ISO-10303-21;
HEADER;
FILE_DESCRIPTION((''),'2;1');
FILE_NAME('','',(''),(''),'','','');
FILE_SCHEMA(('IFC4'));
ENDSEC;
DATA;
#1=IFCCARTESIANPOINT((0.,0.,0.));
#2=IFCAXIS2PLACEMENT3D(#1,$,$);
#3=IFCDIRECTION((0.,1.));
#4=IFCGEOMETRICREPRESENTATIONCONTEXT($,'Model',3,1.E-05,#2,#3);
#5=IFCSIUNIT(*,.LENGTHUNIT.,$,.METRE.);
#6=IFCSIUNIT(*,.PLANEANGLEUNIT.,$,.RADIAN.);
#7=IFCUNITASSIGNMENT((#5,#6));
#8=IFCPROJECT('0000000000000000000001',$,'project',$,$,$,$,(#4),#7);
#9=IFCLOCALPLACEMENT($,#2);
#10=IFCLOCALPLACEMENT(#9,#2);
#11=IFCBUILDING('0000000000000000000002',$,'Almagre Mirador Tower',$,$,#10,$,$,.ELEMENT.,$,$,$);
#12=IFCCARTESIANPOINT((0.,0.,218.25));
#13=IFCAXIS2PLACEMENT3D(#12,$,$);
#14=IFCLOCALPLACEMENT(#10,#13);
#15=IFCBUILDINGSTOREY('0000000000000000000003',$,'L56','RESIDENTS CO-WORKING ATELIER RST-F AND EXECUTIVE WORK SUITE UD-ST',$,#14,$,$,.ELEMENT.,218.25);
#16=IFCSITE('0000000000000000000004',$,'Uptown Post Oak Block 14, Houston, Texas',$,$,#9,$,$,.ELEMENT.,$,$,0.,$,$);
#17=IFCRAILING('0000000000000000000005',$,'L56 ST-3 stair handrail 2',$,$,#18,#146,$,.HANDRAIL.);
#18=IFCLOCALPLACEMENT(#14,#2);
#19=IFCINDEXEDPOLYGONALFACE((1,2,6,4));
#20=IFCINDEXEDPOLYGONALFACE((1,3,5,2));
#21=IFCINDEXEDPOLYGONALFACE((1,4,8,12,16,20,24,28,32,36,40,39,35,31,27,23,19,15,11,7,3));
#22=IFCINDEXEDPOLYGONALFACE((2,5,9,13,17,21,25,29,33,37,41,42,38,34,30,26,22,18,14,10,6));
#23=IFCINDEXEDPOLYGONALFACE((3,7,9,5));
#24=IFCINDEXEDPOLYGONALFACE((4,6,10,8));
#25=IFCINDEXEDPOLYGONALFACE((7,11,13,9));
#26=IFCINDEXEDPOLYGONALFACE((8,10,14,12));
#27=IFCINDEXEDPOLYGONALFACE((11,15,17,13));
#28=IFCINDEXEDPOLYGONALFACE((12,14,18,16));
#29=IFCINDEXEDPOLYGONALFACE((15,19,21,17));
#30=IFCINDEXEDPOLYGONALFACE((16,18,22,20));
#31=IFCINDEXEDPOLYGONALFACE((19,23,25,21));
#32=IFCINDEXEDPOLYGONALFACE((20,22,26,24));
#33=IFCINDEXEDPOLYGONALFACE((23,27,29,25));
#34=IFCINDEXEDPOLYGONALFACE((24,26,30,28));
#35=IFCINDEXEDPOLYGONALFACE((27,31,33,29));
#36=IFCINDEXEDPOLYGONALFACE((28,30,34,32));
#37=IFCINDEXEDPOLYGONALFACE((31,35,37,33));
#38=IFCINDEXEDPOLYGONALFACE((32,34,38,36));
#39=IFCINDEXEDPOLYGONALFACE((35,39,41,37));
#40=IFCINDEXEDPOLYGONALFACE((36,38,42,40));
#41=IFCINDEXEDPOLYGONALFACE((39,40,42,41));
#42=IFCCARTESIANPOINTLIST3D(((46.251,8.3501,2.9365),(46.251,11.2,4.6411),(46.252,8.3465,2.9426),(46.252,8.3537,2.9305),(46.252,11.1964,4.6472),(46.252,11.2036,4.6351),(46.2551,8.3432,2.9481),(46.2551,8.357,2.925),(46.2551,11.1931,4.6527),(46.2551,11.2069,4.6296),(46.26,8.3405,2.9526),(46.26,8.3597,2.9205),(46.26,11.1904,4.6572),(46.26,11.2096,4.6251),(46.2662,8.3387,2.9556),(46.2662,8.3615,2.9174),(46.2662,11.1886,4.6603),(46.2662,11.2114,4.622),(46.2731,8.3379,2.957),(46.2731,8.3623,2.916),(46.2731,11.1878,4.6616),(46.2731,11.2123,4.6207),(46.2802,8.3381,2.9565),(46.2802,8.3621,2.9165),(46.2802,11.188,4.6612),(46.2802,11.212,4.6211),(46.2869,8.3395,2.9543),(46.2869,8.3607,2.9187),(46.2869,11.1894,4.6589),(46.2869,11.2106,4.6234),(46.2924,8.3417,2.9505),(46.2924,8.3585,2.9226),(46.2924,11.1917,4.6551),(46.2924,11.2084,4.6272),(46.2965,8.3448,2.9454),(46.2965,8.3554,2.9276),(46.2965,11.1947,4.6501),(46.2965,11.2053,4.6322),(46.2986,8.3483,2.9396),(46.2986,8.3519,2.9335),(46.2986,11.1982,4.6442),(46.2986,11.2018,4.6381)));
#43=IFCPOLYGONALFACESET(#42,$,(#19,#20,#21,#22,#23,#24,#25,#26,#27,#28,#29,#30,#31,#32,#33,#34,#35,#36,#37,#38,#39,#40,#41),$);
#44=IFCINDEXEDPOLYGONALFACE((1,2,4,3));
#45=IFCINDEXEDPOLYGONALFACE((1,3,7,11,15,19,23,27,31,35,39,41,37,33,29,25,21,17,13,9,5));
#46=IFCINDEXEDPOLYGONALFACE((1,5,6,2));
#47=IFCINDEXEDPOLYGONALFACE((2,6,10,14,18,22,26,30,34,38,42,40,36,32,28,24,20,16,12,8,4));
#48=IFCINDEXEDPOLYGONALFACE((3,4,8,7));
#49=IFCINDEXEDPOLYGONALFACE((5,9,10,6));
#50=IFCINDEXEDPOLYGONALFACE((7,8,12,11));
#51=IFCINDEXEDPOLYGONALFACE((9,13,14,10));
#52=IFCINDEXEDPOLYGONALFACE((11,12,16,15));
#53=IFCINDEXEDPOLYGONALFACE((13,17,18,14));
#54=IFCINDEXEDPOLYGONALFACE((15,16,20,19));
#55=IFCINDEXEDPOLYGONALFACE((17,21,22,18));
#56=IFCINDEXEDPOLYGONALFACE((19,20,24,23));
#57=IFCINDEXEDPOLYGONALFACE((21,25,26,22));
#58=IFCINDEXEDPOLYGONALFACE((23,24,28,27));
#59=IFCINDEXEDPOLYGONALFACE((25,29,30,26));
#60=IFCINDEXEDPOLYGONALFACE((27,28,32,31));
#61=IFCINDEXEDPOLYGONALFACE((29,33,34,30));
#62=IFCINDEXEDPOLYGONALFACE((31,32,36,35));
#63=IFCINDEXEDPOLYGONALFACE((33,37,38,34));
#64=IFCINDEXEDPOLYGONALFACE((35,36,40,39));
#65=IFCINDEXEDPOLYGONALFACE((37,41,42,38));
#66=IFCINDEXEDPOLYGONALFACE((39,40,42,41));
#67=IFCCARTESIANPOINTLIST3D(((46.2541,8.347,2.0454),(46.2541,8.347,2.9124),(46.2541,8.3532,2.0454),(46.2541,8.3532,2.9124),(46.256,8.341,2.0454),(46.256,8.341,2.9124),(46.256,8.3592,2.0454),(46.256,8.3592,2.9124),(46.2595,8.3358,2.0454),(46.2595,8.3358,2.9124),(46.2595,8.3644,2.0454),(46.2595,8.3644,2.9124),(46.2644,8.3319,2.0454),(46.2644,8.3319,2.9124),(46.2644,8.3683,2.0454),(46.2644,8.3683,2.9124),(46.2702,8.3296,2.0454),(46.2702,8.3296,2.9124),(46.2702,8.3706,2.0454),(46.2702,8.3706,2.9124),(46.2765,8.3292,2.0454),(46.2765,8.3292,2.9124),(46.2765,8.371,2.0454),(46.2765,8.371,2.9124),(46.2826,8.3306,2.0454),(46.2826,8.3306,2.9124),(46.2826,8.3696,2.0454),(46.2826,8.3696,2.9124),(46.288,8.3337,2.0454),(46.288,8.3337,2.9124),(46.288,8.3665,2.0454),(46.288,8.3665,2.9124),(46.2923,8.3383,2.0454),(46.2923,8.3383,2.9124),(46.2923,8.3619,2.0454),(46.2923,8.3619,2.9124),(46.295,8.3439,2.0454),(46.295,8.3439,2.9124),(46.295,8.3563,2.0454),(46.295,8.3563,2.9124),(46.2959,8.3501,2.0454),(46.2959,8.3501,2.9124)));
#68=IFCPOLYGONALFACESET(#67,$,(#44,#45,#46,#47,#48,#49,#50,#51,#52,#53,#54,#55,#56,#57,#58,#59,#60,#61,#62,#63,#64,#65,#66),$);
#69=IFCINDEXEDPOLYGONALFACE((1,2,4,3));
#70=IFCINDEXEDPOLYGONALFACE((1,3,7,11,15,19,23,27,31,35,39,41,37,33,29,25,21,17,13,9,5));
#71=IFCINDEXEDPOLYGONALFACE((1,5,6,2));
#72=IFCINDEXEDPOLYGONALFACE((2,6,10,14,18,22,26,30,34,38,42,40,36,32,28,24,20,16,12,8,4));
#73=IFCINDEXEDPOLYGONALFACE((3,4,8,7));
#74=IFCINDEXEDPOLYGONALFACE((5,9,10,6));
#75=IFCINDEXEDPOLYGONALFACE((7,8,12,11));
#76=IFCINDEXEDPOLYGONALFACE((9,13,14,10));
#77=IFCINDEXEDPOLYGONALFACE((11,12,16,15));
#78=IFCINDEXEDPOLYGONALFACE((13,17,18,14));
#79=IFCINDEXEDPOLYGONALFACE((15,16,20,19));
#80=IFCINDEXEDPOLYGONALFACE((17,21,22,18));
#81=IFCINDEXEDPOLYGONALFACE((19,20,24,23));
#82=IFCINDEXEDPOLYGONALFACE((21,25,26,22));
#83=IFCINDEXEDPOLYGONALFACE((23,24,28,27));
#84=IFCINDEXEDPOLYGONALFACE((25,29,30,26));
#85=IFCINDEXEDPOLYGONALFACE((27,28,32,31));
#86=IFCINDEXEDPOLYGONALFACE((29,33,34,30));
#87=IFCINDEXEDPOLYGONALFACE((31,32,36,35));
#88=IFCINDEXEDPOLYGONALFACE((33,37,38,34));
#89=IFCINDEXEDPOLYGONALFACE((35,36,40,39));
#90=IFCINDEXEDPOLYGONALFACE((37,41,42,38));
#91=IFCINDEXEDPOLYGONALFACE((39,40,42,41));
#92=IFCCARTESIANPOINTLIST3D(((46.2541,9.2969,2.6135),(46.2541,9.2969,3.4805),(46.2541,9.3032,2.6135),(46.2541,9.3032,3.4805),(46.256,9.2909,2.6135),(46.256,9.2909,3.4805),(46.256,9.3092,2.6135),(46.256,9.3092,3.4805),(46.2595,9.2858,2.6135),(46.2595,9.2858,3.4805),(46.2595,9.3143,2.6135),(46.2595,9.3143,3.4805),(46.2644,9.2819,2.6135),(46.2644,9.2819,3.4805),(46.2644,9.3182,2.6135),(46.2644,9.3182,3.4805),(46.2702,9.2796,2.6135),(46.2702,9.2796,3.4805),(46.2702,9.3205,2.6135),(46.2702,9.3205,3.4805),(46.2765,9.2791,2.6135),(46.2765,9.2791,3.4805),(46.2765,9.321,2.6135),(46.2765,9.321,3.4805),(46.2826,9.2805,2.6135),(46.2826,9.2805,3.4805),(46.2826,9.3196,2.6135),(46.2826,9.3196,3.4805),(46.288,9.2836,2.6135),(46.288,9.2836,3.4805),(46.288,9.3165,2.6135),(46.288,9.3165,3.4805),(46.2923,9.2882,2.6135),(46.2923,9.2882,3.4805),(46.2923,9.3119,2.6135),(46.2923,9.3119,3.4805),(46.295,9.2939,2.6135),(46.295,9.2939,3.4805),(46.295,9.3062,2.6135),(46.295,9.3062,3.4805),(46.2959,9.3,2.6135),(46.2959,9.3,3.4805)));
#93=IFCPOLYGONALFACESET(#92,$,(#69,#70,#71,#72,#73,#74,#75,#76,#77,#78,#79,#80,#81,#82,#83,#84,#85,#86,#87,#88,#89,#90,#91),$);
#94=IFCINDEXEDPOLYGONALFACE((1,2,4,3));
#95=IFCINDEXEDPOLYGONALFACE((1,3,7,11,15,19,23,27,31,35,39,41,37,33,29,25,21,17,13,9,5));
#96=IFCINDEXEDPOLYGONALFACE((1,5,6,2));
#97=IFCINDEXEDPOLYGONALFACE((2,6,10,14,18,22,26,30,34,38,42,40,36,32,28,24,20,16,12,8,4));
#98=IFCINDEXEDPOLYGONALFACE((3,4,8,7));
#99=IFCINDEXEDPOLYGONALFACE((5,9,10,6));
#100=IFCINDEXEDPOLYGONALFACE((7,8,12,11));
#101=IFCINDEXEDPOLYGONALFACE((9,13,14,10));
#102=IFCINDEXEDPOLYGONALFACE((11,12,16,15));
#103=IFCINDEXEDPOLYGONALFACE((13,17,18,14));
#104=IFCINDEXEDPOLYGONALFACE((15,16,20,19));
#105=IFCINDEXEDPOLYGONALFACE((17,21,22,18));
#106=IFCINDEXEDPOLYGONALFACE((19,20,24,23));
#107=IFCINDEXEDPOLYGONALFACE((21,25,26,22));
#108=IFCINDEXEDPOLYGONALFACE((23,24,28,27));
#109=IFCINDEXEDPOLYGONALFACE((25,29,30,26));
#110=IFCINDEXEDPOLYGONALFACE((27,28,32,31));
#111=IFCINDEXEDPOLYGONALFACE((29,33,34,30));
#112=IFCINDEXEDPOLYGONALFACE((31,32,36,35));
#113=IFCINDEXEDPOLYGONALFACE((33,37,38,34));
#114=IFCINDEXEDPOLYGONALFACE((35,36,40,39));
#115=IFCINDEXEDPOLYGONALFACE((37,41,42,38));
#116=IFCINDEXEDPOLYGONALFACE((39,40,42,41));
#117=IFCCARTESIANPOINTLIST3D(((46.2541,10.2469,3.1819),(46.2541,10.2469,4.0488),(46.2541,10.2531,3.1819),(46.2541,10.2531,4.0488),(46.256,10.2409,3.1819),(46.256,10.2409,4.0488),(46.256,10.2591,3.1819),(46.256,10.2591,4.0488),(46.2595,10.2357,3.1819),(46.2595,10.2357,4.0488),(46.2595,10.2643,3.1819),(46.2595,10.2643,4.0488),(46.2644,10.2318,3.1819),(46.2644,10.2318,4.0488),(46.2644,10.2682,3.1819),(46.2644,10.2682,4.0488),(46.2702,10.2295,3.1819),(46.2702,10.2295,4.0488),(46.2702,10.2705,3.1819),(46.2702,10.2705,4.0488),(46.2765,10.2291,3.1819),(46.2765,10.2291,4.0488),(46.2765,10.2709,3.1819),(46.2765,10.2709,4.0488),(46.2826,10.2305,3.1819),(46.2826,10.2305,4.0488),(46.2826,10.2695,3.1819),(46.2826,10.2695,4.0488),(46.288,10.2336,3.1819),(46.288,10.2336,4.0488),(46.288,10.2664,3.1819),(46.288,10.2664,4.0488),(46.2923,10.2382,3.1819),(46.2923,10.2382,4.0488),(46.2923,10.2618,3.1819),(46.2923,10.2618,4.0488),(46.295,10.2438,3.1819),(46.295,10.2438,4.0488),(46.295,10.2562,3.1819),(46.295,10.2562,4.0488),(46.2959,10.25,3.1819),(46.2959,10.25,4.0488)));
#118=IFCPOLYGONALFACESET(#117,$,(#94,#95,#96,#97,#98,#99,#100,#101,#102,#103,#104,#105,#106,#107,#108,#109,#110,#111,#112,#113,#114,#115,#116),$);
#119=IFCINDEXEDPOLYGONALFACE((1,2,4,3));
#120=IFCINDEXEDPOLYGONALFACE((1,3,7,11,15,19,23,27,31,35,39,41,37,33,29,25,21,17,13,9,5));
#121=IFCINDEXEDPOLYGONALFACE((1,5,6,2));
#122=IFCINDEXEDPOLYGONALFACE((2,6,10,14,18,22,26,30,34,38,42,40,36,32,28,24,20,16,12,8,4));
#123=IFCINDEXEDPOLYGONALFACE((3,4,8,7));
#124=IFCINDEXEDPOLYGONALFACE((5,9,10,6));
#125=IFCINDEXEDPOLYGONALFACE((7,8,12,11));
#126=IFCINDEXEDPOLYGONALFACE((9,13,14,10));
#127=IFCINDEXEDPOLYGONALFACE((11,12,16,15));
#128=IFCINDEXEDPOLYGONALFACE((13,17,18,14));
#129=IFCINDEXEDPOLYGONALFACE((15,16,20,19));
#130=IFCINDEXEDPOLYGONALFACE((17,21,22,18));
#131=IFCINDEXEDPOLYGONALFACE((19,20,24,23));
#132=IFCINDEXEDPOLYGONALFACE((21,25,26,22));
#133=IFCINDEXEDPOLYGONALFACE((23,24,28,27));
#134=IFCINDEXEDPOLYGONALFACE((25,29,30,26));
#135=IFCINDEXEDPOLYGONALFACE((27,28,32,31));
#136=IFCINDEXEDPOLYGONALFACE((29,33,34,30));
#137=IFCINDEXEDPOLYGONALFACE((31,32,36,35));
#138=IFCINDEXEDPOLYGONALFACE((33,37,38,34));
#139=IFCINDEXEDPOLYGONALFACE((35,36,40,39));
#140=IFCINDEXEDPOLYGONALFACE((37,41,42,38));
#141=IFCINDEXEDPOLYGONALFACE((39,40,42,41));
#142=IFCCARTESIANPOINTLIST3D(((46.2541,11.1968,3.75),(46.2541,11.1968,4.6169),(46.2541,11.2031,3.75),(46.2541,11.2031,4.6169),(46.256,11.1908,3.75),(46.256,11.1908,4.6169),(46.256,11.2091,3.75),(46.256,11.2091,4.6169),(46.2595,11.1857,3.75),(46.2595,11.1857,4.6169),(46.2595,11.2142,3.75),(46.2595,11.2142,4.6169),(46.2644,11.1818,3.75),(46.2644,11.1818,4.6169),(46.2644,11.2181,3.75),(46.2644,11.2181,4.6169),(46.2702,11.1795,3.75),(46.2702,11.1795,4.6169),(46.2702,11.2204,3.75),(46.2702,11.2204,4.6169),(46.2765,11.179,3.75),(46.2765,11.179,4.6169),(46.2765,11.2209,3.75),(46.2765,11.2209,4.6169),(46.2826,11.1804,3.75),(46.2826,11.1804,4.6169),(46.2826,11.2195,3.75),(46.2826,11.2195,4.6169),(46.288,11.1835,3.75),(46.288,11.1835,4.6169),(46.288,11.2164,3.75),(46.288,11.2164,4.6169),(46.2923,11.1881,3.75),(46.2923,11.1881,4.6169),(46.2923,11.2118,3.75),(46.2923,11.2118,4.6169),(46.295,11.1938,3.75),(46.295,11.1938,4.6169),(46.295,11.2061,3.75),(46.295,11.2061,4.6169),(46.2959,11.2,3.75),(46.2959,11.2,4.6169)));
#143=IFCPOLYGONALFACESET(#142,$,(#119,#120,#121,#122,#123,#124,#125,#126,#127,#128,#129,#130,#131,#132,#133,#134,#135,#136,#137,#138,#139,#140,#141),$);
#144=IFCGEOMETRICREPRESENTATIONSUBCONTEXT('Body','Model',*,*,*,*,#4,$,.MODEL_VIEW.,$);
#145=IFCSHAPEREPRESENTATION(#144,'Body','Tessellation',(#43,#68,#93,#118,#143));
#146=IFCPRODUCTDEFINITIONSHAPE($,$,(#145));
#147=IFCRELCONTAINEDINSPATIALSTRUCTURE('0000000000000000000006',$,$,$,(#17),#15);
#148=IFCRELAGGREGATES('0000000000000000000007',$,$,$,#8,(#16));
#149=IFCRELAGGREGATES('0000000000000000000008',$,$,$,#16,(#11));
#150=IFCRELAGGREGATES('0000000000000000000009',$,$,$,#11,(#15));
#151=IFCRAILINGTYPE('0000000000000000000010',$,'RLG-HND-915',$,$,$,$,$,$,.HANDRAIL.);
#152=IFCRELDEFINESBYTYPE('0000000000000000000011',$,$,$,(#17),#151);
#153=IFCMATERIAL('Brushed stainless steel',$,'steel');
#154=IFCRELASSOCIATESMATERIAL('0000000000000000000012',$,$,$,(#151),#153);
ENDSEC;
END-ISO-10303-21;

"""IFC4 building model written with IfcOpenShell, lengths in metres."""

from ifc_helpers import new_model, si_unit, direction, frame, origin, origin_2d, place, context, subcontext, project, spatial, circle, extrude, material, type_object, element, save


model = new_model("IFC4")

# Units and contexts
model_context = context("Model", 3, precision=1e-05, world=origin(), true_north=direction((0.0, 1.0)))
body_context = subcontext(model_context, "Body", "Model", "MODEL_VIEW")
ifc_project = project(units=[si_unit("LENGTHUNIT", "METRE"), si_unit("PLANEANGLEUNIT", "RADIAN")], contexts=[model_context])

# Site, building, storey
site_placement = place(None, origin())
site = spatial("IfcSite", under=ifc_project, at=site_placement, Name="Uptown Post Oak Block 14, Houston, Texas", CompositionType="ELEMENT", RefElevation=0.0)
building_placement = place(site_placement, origin())
building = spatial("IfcBuilding", under=site, at=building_placement, Name="Almagre Mirador Tower", CompositionType="ELEMENT")
storey_placement = place(building_placement, frame((0.0, 0.0, 218.25)))
storey = spatial("IfcBuildingStorey", under=building, at=storey_placement, Name="L56", Description="RESIDENTS CO-WORKING ATELIER RST-F AND EXECUTIVE WORK SUITE UD-ST", CompositionType="ELEMENT", Elevation=218.25)

# Railing
ifc_material_1 = material(Name="Brushed stainless steel", Category="steel")
railing_type_1 = type_object("IfcRailingType", Name="RLG-HND-915", PredefinedType="HANDRAIL", material=ifc_material_1)
railing_1_placement = place(storey_placement, frame((46.2749, 8.3501, 2.0454)))
element("IfcRailing", 1, at=railing_1_placement, inside=storey, type_object=railing_type_1, Name="L56 ST-3 stair handrail 2", PredefinedType="HANDRAIL", context=body_context, shape_type="SweptSolid", body=[
    extrude(circle(Radius=0.0239, at=origin_2d()), frame((0.0, 0.0, 0.8911), z_axis=(0.0, 0.858199, 0.513317), x_axis=(-1.0, 0.0, 0.0)), (0.0, 0.0, 1.0), 3.3208),
    extrude(circle(Radius=0.021, at=origin_2d()), origin(), (0.0, 0.0, 1.0), 0.8669),
    extrude(circle(Radius=0.021, at=origin_2d()), frame((0.0, 0.95, 0.5681)), (0.0, 0.0, 1.0), 0.8669),
    extrude(circle(Radius=0.021, at=origin_2d()), frame((0.0, 1.8999, 1.1365)), (0.0, 0.0, 1.0), 0.8669),
    extrude(circle(Radius=0.021, at=origin_2d()), frame((0.0, 2.8499, 1.7046)), (0.0, 0.0, 1.0), 0.8669),
])

save(model, "model.ifc")
